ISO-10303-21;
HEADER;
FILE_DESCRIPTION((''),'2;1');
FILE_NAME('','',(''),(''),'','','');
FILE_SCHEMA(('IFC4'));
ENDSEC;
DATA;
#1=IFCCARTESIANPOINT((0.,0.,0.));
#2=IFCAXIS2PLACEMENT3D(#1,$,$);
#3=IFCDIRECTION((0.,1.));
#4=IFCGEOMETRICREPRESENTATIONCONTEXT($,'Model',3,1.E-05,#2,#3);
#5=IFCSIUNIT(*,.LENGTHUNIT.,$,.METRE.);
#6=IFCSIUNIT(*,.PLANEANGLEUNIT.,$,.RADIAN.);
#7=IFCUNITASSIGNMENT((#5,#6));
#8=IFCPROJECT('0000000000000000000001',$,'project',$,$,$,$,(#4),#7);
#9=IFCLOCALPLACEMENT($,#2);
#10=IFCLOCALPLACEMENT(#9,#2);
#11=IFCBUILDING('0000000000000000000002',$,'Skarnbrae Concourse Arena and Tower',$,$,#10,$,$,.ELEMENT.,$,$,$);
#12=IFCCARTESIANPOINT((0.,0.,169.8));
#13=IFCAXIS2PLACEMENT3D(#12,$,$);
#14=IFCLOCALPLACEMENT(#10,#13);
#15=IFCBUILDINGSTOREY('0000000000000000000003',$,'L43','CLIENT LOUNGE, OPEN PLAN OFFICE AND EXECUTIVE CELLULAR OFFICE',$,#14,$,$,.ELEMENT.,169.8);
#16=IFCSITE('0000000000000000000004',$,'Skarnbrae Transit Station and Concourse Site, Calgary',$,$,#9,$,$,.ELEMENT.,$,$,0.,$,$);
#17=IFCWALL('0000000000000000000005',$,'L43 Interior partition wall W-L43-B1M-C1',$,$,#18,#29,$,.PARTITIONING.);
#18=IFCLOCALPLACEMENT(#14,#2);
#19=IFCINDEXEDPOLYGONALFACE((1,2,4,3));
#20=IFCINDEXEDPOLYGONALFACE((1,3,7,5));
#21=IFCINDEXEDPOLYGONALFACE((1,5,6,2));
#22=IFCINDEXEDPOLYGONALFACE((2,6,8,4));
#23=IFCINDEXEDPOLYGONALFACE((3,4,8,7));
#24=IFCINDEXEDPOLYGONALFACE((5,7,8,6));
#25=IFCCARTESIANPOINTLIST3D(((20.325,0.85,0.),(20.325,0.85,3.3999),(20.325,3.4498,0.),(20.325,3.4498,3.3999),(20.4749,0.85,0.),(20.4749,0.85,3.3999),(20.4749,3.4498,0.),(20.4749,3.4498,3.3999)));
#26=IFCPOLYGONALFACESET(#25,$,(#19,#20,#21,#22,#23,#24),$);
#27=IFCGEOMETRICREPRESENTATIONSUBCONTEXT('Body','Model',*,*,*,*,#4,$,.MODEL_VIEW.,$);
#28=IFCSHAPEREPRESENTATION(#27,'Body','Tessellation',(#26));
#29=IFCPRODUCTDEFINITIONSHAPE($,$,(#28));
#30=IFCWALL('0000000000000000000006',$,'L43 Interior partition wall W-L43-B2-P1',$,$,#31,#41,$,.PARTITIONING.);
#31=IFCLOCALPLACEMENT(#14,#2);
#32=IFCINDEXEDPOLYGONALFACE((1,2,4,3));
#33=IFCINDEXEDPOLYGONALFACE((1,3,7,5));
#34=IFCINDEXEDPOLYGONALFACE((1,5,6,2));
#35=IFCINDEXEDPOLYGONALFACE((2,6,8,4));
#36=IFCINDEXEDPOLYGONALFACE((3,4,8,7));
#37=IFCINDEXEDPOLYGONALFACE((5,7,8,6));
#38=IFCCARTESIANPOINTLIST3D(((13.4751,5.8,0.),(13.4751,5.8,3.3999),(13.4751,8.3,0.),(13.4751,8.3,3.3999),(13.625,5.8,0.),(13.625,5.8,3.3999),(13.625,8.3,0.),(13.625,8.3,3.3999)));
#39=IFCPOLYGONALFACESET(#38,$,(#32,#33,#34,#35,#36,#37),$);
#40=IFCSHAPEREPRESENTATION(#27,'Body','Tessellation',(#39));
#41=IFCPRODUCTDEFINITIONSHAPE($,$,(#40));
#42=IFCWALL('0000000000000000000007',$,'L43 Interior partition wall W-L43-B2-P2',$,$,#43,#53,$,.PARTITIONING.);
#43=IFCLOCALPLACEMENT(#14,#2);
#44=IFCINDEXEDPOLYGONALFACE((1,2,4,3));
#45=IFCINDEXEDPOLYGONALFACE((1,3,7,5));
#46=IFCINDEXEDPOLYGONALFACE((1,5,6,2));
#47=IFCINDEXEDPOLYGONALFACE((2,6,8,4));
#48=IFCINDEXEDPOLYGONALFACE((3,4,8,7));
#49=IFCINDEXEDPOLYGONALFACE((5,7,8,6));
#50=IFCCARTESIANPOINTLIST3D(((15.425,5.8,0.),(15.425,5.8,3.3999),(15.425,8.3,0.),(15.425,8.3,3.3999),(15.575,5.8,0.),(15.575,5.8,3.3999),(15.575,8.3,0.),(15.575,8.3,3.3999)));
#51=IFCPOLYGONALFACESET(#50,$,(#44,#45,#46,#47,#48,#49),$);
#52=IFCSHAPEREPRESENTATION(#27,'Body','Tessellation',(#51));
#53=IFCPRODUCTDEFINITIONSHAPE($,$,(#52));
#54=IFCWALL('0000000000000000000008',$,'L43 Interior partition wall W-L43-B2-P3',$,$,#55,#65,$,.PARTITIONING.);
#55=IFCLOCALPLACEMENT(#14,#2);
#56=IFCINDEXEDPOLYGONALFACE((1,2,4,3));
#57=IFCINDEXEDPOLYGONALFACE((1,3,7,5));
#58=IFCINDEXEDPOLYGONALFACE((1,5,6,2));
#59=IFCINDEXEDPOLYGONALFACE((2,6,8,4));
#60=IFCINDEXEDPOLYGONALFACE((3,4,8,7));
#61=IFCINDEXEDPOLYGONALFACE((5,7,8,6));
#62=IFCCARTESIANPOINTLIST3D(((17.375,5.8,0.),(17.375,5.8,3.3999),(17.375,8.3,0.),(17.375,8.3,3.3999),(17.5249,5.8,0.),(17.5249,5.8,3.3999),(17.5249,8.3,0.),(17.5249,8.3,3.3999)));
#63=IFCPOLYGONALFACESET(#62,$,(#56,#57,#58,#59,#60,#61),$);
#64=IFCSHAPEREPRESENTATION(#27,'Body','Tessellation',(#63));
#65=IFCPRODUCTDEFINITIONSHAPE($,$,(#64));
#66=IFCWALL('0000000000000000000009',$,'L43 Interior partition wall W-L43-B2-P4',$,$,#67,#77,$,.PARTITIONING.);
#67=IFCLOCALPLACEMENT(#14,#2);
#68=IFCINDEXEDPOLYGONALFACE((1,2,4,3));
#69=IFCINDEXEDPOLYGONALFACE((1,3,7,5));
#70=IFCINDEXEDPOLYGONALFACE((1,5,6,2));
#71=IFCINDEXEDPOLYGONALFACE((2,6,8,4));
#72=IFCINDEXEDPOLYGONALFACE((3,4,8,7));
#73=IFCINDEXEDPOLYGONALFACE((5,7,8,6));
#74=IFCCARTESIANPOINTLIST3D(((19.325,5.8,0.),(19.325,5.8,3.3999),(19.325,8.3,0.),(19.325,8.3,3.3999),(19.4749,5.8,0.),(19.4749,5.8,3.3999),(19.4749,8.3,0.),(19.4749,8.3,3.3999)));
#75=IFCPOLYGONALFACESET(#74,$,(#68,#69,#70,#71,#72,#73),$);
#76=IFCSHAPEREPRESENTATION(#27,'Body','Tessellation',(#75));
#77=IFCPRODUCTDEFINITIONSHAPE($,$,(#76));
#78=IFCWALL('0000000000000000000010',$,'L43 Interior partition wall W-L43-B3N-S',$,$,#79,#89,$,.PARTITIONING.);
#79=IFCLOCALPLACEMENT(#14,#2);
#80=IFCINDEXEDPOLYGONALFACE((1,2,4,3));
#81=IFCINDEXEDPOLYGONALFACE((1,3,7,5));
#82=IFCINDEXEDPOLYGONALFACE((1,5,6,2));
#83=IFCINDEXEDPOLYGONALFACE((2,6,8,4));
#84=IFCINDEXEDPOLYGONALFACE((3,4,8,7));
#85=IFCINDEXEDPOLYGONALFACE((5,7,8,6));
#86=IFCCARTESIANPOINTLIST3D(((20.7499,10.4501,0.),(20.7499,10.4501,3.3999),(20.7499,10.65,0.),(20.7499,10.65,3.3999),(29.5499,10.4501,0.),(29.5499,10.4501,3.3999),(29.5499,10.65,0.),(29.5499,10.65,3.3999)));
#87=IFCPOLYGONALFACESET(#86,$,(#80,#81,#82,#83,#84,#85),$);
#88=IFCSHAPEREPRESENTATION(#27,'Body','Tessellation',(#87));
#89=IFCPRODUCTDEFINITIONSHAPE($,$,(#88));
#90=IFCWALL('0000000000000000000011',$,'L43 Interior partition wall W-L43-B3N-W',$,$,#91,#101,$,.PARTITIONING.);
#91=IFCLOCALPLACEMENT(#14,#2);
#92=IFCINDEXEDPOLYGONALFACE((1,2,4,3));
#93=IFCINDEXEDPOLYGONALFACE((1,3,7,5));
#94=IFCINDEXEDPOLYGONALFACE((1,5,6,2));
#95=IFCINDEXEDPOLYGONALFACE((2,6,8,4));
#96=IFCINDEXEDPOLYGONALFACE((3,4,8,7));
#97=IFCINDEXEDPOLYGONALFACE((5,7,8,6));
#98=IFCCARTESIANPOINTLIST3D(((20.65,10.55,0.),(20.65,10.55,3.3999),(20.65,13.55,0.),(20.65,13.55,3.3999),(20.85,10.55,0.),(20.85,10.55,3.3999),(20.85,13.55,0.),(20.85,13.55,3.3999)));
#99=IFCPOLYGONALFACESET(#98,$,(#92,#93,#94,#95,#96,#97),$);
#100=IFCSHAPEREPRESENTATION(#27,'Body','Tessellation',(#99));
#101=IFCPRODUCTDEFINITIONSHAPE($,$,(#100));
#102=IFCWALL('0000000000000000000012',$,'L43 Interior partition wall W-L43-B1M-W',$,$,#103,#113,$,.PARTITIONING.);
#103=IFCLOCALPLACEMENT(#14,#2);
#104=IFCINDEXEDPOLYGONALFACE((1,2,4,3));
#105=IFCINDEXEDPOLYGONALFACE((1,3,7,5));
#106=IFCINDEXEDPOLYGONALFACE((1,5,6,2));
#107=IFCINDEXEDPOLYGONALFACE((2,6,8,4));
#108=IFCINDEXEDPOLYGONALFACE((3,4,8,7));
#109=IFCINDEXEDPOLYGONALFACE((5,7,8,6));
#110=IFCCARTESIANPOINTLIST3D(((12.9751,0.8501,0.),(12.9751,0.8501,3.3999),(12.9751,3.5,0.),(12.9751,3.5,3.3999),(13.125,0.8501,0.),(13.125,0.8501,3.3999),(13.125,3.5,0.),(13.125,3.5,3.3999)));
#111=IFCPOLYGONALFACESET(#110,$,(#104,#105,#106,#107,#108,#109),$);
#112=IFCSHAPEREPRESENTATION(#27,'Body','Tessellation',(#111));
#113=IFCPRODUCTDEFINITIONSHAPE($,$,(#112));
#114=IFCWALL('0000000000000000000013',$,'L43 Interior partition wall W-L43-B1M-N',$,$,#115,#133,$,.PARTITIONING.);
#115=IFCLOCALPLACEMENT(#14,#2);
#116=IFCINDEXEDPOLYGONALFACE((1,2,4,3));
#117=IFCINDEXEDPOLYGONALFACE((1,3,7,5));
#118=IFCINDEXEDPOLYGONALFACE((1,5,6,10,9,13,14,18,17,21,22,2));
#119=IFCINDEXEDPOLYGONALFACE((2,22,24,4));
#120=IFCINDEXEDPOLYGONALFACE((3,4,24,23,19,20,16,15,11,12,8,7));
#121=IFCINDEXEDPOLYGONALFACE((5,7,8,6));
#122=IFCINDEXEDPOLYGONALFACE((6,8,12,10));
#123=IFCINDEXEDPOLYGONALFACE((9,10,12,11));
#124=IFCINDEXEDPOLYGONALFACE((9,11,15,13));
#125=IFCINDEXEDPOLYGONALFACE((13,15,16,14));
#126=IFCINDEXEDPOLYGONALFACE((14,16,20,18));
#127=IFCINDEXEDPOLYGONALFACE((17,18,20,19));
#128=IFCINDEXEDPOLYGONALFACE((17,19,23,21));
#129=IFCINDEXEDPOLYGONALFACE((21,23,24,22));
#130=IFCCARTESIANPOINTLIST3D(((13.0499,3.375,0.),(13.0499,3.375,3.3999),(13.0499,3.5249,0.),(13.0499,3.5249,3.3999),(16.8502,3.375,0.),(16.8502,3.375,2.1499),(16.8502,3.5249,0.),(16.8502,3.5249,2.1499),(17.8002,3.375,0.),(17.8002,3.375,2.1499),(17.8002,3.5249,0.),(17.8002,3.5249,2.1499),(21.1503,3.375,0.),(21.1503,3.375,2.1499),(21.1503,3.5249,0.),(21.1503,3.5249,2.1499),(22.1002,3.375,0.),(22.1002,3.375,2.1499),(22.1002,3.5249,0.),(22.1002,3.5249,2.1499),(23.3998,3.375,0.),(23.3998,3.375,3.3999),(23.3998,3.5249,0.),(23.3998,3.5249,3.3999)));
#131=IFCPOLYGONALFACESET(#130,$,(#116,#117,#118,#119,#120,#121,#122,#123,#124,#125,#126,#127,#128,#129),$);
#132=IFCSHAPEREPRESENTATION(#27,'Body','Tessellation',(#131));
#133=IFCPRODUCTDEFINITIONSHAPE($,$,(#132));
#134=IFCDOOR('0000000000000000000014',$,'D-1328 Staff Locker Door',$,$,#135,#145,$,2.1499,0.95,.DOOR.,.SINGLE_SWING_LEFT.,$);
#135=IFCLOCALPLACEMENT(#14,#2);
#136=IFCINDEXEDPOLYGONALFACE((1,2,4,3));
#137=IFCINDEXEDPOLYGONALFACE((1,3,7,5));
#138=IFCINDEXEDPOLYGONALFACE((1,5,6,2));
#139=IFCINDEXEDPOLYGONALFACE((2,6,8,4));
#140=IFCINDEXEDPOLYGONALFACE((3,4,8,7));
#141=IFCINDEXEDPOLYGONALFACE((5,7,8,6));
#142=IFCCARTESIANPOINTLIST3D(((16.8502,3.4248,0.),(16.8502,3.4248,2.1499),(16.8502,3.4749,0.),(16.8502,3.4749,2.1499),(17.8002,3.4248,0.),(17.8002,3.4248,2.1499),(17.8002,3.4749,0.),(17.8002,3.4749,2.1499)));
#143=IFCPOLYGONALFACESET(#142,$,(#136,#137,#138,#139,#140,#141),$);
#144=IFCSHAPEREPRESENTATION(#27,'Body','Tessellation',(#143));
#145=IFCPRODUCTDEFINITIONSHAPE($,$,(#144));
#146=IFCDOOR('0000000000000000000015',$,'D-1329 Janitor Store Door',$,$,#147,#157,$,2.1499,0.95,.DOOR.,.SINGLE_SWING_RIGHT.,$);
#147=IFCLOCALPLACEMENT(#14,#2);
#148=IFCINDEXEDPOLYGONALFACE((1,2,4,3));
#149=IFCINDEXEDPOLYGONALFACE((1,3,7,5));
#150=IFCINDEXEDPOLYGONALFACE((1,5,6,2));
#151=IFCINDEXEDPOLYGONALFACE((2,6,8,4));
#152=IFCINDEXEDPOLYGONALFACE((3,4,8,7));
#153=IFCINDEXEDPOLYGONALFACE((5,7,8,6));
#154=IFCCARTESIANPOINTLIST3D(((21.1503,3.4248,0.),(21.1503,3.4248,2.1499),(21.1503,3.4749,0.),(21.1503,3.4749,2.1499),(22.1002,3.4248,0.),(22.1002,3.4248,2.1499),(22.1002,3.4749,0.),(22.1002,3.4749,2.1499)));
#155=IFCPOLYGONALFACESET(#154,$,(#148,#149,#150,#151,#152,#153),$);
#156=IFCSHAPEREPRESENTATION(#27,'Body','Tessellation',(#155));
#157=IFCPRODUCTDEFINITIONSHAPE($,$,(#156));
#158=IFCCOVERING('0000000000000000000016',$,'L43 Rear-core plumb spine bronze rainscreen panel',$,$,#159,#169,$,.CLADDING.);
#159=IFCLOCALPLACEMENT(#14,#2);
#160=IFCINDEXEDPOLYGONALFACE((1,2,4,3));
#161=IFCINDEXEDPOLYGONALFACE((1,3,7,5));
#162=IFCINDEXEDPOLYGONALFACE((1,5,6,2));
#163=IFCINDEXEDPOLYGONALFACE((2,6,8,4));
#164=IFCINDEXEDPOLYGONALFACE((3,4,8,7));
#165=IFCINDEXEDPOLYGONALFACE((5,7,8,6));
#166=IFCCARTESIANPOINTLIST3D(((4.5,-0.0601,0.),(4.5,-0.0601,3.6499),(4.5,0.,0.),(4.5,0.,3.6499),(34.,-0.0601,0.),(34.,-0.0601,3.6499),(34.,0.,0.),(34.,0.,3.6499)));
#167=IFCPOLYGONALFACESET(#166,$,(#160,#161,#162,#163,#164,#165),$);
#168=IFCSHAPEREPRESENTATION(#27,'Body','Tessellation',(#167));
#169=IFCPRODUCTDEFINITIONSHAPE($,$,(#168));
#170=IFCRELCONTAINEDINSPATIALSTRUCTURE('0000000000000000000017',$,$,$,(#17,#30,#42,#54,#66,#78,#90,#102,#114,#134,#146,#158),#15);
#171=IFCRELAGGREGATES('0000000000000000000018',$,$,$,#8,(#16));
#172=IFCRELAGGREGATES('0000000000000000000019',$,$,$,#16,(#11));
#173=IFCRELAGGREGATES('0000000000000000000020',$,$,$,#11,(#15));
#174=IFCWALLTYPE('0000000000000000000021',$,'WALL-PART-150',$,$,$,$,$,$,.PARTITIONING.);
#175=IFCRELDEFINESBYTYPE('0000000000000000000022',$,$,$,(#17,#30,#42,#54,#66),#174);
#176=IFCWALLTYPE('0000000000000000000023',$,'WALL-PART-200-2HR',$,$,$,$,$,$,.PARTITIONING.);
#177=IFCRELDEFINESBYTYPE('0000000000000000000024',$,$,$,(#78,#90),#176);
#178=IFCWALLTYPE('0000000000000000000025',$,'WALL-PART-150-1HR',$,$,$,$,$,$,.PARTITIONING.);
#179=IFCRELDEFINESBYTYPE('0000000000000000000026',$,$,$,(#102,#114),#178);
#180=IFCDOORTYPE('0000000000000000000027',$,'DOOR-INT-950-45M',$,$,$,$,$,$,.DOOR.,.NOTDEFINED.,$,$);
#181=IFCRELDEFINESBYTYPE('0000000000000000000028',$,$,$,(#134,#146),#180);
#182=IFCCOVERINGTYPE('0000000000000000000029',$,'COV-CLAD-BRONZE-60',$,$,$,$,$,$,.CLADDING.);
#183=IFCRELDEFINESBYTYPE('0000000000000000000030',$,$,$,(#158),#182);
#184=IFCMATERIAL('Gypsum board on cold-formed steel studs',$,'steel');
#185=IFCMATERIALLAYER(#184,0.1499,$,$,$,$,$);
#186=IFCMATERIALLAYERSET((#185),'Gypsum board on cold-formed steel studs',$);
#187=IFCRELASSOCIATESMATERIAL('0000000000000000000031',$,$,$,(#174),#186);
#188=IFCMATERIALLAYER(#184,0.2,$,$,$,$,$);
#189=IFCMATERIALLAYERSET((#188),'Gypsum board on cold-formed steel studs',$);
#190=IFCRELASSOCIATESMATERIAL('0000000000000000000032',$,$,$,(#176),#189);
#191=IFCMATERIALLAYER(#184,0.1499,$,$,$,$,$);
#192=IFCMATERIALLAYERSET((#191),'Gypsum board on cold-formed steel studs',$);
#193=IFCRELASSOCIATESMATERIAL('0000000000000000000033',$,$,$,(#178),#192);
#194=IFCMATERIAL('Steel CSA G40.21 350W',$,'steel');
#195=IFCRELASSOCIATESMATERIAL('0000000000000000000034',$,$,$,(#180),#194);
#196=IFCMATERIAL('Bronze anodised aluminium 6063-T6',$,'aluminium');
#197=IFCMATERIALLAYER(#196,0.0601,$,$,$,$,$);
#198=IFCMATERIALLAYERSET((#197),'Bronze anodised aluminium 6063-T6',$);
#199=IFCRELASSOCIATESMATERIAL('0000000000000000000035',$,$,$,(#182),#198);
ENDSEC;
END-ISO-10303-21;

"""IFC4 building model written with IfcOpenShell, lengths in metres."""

from ifc_helpers import new_model, si_unit, direction, frame, frame_2d, origin, origin_2d, place, context, subcontext, project, spatial, rectangle, extrude, source, transform, mapped, material, layer, layer_set, type_object, element, fill, save


model = new_model("IFC4")

# Units and contexts
model_context = context("Model", 3, precision=1e-05, world=origin(), true_north=direction((0.0, 1.0)))
body_context = subcontext(model_context, "Body", "Model", "MODEL_VIEW")
ifc_project = project(units=[si_unit("LENGTHUNIT", "METRE"), si_unit("PLANEANGLEUNIT", "RADIAN")], contexts=[model_context])

# Site, building, storey
site_placement = place(None, origin())
site = spatial("IfcSite", under=ifc_project, at=site_placement, Name="Skarnbrae Transit Station and Concourse Site, Calgary", CompositionType="ELEMENT", RefElevation=0.0)
building_placement = place(site_placement, origin())
building = spatial("IfcBuilding", under=site, at=building_placement, Name="Skarnbrae Concourse Arena and Tower", CompositionType="ELEMENT")
storey_placement = place(building_placement, frame((0.0, 0.0, 169.8)))
storey = spatial("IfcBuildingStorey", under=building, at=storey_placement, Name="L43", Description="CLIENT LOUNGE, OPEN PLAN OFFICE AND EXECUTIVE CELLULAR OFFICE", CompositionType="ELEMENT", Elevation=169.8)

# Walls
ifc_material_1 = material(Name="Gypsum board on cold-formed steel studs", Category="steel")
ifc_layer_1 = layer(ifc_material_1, 0.1499)
ifc_layer_set_1 = layer_set([ifc_layer_1], Name="Gypsum board on cold-formed steel studs")
wall_type_1 = type_object("IfcWallType", Name="WALL-PART-150", PredefinedType="PARTITIONING", material=ifc_layer_set_1)
shared_shape_1 = source(origin(), body_context, "Body", "SweptSolid", [
    extrude(rectangle(XDim=2.5999, YDim=0.1499, at=frame_2d((1.2998, 0.0))), origin(), (0.0, 0.0, 1.0), 3.3999),
])
wall_1_placement = place(storey_placement, frame((20.3999, 0.8501, 0.0), z_axis=(0.0, 0.0, 1.0), x_axis=(0.0, 1.0, 0.0)))
element("IfcWall", 1, at=wall_1_placement, inside=storey, type_object=wall_type_1, Name="L43 Interior partition wall W-L43-B1M-C1", PredefinedType="PARTITIONING", context=body_context, shape_type="MappedRepresentation", body=[
    mapped(shared_shape_1, transform((0.0, 0.0, 0.0))),
])
shared_shape_2 = source(origin(), body_context, "Body", "SweptSolid", [
    extrude(rectangle(XDim=2.5, YDim=0.1499, at=frame_2d((1.25, 0.0))), origin(), (0.0, 0.0, 1.0), 3.3999),
])
for number, where, z_axis, x_axis, name in (
    (2, (13.55, 5.8, 0.0), (0.0, 0.0, 1.0), (0.0, 1.0, 0.0), "L43 Interior partition wall W-L43-B2-P1"),
    (3, (15.5, 5.8, 0.0), (0.0, 0.0, 1.0), (0.0, 1.0, 0.0), "L43 Interior partition wall W-L43-B2-P2"),
    (4, (17.45, 5.8, 0.0), (0.0, 0.0, 1.0), (0.0, 1.0, 0.0), "L43 Interior partition wall W-L43-B2-P3"),
    (5, (19.3999, 5.8, 0.0), (0.0, 0.0, 1.0), (0.0, 1.0, 0.0), "L43 Interior partition wall W-L43-B2-P4"),
):
    element("IfcWall", number, at=place(storey_placement, frame(where, z_axis=z_axis, x_axis=x_axis)), inside=storey, type_object=wall_type_1, Name=name, PredefinedType="PARTITIONING", context=body_context, shape_type="MappedRepresentation", body=[
        mapped(shared_shape_2, transform((0.0, 0.0, 0.0))),
    ])
ifc_layer_2 = layer(ifc_material_1, 0.2)
ifc_layer_set_2 = layer_set([ifc_layer_2], Name="Gypsum board on cold-formed steel studs")
wall_type_2 = type_object("IfcWallType", Name="WALL-PART-200-2HR", PredefinedType="PARTITIONING", material=ifc_layer_set_2)
shared_shape_3 = source(origin(), body_context, "Body", "SweptSolid", [
    extrude(rectangle(XDim=8.8, YDim=0.2, at=frame_2d((4.3999, 0.0))), origin(), (0.0, 0.0, 1.0), 3.3999),
])
wall_2_placement = place(storey_placement, frame((20.75, 10.55, 0.0), z_axis=(0.0, 0.0, 1.0), x_axis=(1.0, 0.0, 0.0)))
element("IfcWall", 6, at=wall_2_placement, inside=storey, type_object=wall_type_2, Name="L43 Interior partition wall W-L43-B3N-S", PredefinedType="PARTITIONING", context=body_context, shape_type="MappedRepresentation", body=[
    mapped(shared_shape_3, transform((0.0, 0.0, 0.0))),
])
shared_shape_4 = source(origin(), body_context, "Body", "SweptSolid", [
    extrude(rectangle(XDim=3.0, YDim=0.2, at=frame_2d((1.5, 0.0))), origin(), (0.0, 0.0, 1.0), 3.3999),
])
wall_3_placement = place(storey_placement, frame((20.75, 10.55, 0.0), z_axis=(0.0, 0.0, 1.0), x_axis=(0.0, 1.0, 0.0)))
element("IfcWall", 7, at=wall_3_placement, inside=storey, type_object=wall_type_2, Name="L43 Interior partition wall W-L43-B3N-W", PredefinedType="PARTITIONING", context=body_context, shape_type="MappedRepresentation", body=[
    mapped(shared_shape_4, transform((0.0, 0.0, 0.0))),
])
ifc_layer_3 = layer(ifc_material_1, 0.1499)
ifc_layer_set_3 = layer_set([ifc_layer_3], Name="Gypsum board on cold-formed steel studs")
wall_type_3 = type_object("IfcWallType", Name="WALL-PART-150-1HR", PredefinedType="PARTITIONING", material=ifc_layer_set_3)
shared_shape_5 = source(origin(), body_context, "Body", "SweptSolid", [
    extrude(rectangle(XDim=2.6499, YDim=0.1499, at=frame_2d((1.325, 0.0))), origin(), (0.0, 0.0, 1.0), 3.3999),
])
wall_4_placement = place(storey_placement, frame((13.05, 0.8501, 0.0), z_axis=(0.0, 0.0, 1.0), x_axis=(0.0, 1.0, 0.0)))
element("IfcWall", 8, at=wall_4_placement, inside=storey, type_object=wall_type_3, Name="L43 Interior partition wall W-L43-B1M-W", PredefinedType="PARTITIONING", context=body_context, shape_type="MappedRepresentation", body=[
    mapped(shared_shape_5, transform((0.0, 0.0, 0.0))),
])

# Wall, openings, doors
shared_shape_6 = source(origin(), body_context, "Body", "SweptSolid", [
    extrude(rectangle(XDim=10.3499, YDim=0.1499, at=frame_2d((5.1748, 0.0))), origin(), (0.0, 0.0, 1.0), 3.3999),
])
wall_5_placement = place(storey_placement, frame((13.05, 3.45, 0.0), z_axis=(0.0, 0.0, 1.0), x_axis=(1.0, 0.0, 0.0)))
wall_5 = element("IfcWall", 9, at=wall_5_placement, inside=storey, type_object=wall_type_3, Name="L43 Interior partition wall W-L43-B1M-N", PredefinedType="PARTITIONING", context=body_context, shape_type="MappedRepresentation", body=[
    mapped(shared_shape_6, transform((0.0, 0.0, 0.0))),
])
opening_1_placement = place(wall_5_placement, frame((3.8, 0.0, 0.0)))
opening_1 = element("IfcOpeningElement", 10, at=opening_1_placement, cuts=wall_5, PredefinedType="OPENING", context=body_context, shape_type="SweptSolid", body=[
    extrude(rectangle(XDim=0.95, YDim=2.1499, at=frame_2d((0.4751, 1.075))), frame((0.0, 0.085, 0.0), z_axis=(0.0, -1.0, 0.0), x_axis=(1.0, 0.0, 0.0)), (0.0, 0.0, 1.0), 0.1699),
])
opening_2_placement = place(wall_5_placement, frame((8.1001, 0.0, 0.0)))
opening_2 = element("IfcOpeningElement", 11, at=opening_2_placement, cuts=wall_5, PredefinedType="OPENING", context=body_context, shape_type="SweptSolid", body=[
    extrude(rectangle(XDim=0.95, YDim=2.1499, at=frame_2d((0.4751, 1.075))), frame((0.0, 0.085, 0.0), z_axis=(0.0, -1.0, 0.0), x_axis=(1.0, 0.0, 0.0)), (0.0, 0.0, 1.0), 0.1699),
])
ifc_material_2 = material(Name="Steel CSA G40.21 350W", Category="steel")
door_type = type_object("IfcDoorType", Name="DOOR-INT-950-45M", OperationType="NOTDEFINED", PredefinedType="DOOR", material=ifc_material_2)
shared_shape_7 = source(origin(), body_context, "Body", "SweptSolid", [
    extrude(rectangle(XDim=0.95, YDim=2.1499, at=frame_2d((0.4751, 1.075))), frame((0.0, 0.0249, 0.0), z_axis=(0.0, -1.0, 0.0), x_axis=(1.0, 0.0, 0.0)), (0.0, 0.0, 1.0), 0.05),
])
door_1_placement = place(opening_1_placement, origin())
door_1 = element("IfcDoor", 12, at=door_1_placement, inside=storey, type_object=door_type, Name="D-1328 Staff Locker Door", OperationType="SINGLE_SWING_LEFT", OverallHeight=2.1499, OverallWidth=0.95, PredefinedType="DOOR", context=body_context, shape_type="MappedRepresentation", body=[
    mapped(shared_shape_7, transform((0.0, 0.0, 0.0))),
])
fill(opening_1, door_1)
door_2_placement = place(opening_2_placement, origin())
door_2 = element("IfcDoor", 13, at=door_2_placement, inside=storey, type_object=door_type, Name="D-1329 Janitor Store Door", OperationType="SINGLE_SWING_RIGHT", OverallHeight=2.1499, OverallWidth=0.95, PredefinedType="DOOR", context=body_context, shape_type="MappedRepresentation", body=[
    mapped(shared_shape_7, transform((0.0, 0.0, 0.0))),
])
fill(opening_2, door_2)

# Covering
ifc_material_3 = material(Name="Bronze anodised aluminium 6063-T6", Category="aluminium")
ifc_layer_4 = layer(ifc_material_3, 0.0601)
ifc_layer_set_4 = layer_set([ifc_layer_4], Name="Bronze anodised aluminium 6063-T6")
covering_type = type_object("IfcCoveringType", Name="COV-CLAD-BRONZE-60", PredefinedType="CLADDING", material=ifc_layer_set_4)
shared_shape_8 = source(origin(), body_context, "Body", "SweptSolid", [
    extrude(rectangle(XDim=29.5, YDim=0.0601, at=origin_2d()), origin(), (0.0, 0.0, 1.0), 3.6499),
])
covering_placement = place(storey_placement, frame((19.25, -0.03, 0.0), z_axis=(0.0, 0.0, 1.0), x_axis=(1.0, 0.0, 0.0)))
element("IfcCovering", 14, at=covering_placement, inside=storey, type_object=covering_type, Name="L43 Rear-core plumb spine bronze rainscreen panel", PredefinedType="CLADDING", context=body_context, shape_type="MappedRepresentation", body=[
    mapped(shared_shape_8, transform((0.0, 0.0, 0.0))),
])

save(model, "model.ifc")
